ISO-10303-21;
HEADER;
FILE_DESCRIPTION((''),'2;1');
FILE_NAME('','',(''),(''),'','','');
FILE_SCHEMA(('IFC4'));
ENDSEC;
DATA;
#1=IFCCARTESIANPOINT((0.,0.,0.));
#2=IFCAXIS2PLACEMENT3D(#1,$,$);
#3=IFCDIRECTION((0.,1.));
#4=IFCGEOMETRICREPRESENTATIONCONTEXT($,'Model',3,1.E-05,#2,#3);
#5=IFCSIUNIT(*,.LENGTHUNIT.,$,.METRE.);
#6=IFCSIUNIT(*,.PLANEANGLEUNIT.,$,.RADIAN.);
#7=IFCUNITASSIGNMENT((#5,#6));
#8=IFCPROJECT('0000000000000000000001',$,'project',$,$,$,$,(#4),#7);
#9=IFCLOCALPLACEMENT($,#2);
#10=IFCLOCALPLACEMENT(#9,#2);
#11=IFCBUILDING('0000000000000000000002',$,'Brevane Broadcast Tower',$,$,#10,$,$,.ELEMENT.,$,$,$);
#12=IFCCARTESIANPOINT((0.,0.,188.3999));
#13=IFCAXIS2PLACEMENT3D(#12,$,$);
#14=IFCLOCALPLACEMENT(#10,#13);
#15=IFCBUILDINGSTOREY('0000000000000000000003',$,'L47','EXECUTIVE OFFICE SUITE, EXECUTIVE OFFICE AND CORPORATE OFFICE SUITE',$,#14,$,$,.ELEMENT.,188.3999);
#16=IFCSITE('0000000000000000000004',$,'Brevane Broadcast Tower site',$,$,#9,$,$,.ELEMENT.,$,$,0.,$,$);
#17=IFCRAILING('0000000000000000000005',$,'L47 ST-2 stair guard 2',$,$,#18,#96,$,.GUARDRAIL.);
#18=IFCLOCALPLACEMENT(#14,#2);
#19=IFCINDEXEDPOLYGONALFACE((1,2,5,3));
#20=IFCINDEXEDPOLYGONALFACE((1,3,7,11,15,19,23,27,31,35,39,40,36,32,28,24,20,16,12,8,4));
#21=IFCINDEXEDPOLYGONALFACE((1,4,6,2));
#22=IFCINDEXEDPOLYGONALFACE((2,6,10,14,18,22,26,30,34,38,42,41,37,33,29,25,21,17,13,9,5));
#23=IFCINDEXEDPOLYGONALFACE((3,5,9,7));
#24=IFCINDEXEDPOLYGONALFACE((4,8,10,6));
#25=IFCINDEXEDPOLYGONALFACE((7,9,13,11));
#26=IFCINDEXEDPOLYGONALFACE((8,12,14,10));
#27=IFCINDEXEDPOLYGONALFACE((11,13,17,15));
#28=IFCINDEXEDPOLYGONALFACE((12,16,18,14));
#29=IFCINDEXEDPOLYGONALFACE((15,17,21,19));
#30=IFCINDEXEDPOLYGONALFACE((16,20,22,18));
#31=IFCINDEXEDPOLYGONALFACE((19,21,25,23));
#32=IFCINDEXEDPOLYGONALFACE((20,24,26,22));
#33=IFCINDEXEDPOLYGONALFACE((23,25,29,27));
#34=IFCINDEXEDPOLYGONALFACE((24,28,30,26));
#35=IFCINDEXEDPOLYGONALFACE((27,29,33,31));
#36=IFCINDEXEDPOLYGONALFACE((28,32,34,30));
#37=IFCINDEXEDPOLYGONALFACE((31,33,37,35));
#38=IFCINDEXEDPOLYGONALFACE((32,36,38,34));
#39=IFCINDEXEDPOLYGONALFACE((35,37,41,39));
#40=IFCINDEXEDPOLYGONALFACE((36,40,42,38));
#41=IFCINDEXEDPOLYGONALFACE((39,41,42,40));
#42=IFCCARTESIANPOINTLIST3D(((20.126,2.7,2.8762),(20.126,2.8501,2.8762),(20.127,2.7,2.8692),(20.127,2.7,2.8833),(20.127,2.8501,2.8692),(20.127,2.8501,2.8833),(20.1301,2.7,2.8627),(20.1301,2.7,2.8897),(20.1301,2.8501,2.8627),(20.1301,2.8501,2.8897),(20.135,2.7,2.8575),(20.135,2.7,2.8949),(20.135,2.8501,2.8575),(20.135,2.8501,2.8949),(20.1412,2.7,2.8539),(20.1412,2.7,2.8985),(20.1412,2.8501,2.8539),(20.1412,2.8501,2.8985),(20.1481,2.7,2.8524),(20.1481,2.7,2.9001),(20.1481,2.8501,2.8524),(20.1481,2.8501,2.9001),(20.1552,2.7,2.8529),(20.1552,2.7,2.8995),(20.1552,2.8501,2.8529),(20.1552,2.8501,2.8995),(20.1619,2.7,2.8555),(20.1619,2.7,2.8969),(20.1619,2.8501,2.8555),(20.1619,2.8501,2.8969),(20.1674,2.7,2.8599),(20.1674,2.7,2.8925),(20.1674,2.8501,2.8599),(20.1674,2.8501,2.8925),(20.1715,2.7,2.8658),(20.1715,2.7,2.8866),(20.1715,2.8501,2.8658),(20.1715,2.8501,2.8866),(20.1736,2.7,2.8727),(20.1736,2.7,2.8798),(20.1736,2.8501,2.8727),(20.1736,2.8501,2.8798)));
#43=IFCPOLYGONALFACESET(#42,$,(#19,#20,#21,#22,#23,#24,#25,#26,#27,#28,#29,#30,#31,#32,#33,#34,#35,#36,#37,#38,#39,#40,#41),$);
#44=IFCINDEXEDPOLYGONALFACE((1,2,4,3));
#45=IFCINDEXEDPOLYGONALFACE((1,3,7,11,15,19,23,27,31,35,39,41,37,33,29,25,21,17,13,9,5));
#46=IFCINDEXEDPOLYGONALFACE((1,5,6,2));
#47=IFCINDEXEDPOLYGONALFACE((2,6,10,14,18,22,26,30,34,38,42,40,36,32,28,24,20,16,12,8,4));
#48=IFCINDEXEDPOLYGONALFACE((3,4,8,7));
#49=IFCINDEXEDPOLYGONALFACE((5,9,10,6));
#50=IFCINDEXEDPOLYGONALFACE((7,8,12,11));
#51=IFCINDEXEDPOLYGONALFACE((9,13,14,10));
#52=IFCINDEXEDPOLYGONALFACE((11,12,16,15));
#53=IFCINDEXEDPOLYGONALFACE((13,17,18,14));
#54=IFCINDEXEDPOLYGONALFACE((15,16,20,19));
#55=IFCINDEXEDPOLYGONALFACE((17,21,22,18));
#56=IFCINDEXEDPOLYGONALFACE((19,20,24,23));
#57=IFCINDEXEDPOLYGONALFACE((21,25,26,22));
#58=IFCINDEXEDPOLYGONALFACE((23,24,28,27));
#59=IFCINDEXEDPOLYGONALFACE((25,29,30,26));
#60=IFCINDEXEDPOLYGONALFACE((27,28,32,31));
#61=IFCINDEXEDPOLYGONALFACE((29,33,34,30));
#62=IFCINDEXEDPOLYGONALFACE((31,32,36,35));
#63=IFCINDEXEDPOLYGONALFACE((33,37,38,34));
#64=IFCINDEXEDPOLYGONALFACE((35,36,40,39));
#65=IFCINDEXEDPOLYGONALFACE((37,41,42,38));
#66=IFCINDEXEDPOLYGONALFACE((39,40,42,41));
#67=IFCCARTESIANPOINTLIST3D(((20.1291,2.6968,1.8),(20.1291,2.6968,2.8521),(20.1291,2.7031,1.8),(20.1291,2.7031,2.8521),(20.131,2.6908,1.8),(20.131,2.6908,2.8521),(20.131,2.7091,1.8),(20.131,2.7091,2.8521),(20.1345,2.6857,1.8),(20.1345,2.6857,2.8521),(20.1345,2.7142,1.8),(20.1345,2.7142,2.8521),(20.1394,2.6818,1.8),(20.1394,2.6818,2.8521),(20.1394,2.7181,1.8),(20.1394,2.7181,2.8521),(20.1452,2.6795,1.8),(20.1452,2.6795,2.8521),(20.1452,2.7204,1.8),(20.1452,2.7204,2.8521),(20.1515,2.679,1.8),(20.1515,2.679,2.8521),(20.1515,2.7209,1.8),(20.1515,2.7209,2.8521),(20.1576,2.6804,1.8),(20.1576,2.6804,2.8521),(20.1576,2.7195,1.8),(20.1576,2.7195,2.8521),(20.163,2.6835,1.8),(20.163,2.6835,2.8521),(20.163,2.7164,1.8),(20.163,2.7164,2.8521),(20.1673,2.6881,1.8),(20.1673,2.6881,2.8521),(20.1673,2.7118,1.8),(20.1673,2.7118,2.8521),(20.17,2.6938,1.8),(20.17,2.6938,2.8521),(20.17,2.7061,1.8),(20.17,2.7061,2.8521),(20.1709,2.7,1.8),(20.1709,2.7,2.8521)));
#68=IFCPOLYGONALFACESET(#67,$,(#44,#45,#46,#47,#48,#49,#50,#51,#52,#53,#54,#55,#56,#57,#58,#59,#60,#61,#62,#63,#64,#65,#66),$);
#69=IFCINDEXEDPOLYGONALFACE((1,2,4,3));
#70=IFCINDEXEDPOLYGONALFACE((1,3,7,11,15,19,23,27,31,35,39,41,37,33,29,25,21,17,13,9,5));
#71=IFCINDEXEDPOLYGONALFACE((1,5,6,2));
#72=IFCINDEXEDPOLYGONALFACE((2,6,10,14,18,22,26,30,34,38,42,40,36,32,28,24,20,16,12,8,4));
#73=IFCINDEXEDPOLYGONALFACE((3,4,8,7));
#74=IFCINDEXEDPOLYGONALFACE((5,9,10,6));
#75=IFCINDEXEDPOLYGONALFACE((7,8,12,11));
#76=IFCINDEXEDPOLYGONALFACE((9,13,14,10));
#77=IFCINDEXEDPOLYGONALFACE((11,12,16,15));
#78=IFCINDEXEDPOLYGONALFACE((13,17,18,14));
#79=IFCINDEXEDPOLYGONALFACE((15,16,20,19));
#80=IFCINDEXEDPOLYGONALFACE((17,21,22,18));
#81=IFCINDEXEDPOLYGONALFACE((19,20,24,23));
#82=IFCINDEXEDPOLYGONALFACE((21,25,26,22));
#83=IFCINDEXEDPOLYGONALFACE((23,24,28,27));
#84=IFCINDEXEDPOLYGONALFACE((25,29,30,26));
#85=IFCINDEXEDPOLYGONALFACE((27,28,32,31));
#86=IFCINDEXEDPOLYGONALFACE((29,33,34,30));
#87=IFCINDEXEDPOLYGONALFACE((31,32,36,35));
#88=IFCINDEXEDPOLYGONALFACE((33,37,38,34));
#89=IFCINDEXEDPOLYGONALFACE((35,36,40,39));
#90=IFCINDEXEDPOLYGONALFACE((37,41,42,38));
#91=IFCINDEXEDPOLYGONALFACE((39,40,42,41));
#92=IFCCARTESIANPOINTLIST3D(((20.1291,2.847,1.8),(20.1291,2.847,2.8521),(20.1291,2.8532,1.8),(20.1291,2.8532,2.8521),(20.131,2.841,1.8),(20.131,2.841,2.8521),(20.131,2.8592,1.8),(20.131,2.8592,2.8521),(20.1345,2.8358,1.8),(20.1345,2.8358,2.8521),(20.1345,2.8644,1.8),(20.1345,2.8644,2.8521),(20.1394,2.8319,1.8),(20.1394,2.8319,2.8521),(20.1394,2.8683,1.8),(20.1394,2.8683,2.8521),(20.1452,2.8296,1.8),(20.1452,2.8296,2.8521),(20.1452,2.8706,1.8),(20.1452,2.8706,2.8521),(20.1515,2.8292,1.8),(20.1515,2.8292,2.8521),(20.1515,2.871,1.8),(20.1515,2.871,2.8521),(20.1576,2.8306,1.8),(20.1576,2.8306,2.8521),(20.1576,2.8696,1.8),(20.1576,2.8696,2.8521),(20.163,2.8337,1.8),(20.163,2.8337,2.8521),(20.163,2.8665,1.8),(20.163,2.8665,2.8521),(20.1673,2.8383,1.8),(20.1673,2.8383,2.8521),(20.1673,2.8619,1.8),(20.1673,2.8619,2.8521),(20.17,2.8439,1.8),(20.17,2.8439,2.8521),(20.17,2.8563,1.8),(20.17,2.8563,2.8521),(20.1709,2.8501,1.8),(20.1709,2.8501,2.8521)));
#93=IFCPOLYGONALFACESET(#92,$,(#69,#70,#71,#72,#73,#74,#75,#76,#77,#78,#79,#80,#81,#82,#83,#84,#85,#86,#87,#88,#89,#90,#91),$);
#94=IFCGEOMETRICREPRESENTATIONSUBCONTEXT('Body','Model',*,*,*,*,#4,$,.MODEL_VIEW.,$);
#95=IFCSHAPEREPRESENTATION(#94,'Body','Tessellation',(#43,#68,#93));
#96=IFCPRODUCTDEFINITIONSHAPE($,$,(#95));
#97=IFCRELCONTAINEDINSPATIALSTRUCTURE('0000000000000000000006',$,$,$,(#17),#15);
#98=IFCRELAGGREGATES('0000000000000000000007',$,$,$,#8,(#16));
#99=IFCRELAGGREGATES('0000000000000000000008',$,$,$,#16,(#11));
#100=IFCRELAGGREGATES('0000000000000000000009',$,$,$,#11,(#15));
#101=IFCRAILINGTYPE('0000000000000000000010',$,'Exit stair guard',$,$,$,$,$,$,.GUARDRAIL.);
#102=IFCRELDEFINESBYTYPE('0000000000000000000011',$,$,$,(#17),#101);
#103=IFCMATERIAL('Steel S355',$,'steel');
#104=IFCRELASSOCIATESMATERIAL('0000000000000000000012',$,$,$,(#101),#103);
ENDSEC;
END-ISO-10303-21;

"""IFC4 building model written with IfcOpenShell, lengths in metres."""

from ifc_helpers import new_model, si_unit, direction, frame, origin, origin_2d, place, context, subcontext, project, spatial, circle, extrude, material, type_object, element, save


model = new_model("IFC4")

# Units and contexts
model_context = context("Model", 3, precision=1e-05, world=origin(), true_north=direction((0.0, 1.0)))
body_context = subcontext(model_context, "Body", "Model", "MODEL_VIEW")
ifc_project = project(units=[si_unit("LENGTHUNIT", "METRE"), si_unit("PLANEANGLEUNIT", "RADIAN")], contexts=[model_context])

# Site, building, storey
site_placement = place(None, origin())
site = spatial("IfcSite", under=ifc_project, at=site_placement, Name="Brevane Broadcast Tower site", CompositionType="ELEMENT", RefElevation=0.0)
building_placement = place(site_placement, origin())
building = spatial("IfcBuilding", under=site, at=building_placement, Name="Brevane Broadcast Tower", CompositionType="ELEMENT")
storey_placement = place(building_placement, frame((0.0, 0.0, 188.3999)))
storey = spatial("IfcBuildingStorey", under=building, at=storey_placement, Name="L47", Description="EXECUTIVE OFFICE SUITE, EXECUTIVE OFFICE AND CORPORATE OFFICE SUITE", CompositionType="ELEMENT", Elevation=188.3999)

# Railing
ifc_material_1 = material(Name="Steel S355", Category="steel")
railing_type_1 = type_object("IfcRailingType", Name="Exit stair guard", PredefinedType="GUARDRAIL", material=ifc_material_1)
railing_1_placement = place(storey_placement, frame((20.1499, 2.7, 1.8)))
element("IfcRailing", 1, at=railing_1_placement, inside=storey, type_object=railing_type_1, Name="L47 ST-2 stair guard 2", PredefinedType="GUARDRAIL", context=body_context, shape_type="SweptSolid", body=[
    extrude(circle(Radius=0.0239, at=origin_2d()), frame((0.0, 0.0, 1.0762), z_axis=(0.0, 1.0, 0.0), x_axis=(-1.0, 0.0, 0.0)), (0.0, 0.0, 1.0), 0.1501),
    extrude(circle(Radius=0.021, at=origin_2d()), origin(), (0.0, 0.0, 1.0), 1.052),
    extrude(circle(Radius=0.021, at=origin_2d()), frame((0.0, 0.1501, 0.0)), (0.0, 0.0, 1.0), 1.052),
])

save(model, "model.ifc")
